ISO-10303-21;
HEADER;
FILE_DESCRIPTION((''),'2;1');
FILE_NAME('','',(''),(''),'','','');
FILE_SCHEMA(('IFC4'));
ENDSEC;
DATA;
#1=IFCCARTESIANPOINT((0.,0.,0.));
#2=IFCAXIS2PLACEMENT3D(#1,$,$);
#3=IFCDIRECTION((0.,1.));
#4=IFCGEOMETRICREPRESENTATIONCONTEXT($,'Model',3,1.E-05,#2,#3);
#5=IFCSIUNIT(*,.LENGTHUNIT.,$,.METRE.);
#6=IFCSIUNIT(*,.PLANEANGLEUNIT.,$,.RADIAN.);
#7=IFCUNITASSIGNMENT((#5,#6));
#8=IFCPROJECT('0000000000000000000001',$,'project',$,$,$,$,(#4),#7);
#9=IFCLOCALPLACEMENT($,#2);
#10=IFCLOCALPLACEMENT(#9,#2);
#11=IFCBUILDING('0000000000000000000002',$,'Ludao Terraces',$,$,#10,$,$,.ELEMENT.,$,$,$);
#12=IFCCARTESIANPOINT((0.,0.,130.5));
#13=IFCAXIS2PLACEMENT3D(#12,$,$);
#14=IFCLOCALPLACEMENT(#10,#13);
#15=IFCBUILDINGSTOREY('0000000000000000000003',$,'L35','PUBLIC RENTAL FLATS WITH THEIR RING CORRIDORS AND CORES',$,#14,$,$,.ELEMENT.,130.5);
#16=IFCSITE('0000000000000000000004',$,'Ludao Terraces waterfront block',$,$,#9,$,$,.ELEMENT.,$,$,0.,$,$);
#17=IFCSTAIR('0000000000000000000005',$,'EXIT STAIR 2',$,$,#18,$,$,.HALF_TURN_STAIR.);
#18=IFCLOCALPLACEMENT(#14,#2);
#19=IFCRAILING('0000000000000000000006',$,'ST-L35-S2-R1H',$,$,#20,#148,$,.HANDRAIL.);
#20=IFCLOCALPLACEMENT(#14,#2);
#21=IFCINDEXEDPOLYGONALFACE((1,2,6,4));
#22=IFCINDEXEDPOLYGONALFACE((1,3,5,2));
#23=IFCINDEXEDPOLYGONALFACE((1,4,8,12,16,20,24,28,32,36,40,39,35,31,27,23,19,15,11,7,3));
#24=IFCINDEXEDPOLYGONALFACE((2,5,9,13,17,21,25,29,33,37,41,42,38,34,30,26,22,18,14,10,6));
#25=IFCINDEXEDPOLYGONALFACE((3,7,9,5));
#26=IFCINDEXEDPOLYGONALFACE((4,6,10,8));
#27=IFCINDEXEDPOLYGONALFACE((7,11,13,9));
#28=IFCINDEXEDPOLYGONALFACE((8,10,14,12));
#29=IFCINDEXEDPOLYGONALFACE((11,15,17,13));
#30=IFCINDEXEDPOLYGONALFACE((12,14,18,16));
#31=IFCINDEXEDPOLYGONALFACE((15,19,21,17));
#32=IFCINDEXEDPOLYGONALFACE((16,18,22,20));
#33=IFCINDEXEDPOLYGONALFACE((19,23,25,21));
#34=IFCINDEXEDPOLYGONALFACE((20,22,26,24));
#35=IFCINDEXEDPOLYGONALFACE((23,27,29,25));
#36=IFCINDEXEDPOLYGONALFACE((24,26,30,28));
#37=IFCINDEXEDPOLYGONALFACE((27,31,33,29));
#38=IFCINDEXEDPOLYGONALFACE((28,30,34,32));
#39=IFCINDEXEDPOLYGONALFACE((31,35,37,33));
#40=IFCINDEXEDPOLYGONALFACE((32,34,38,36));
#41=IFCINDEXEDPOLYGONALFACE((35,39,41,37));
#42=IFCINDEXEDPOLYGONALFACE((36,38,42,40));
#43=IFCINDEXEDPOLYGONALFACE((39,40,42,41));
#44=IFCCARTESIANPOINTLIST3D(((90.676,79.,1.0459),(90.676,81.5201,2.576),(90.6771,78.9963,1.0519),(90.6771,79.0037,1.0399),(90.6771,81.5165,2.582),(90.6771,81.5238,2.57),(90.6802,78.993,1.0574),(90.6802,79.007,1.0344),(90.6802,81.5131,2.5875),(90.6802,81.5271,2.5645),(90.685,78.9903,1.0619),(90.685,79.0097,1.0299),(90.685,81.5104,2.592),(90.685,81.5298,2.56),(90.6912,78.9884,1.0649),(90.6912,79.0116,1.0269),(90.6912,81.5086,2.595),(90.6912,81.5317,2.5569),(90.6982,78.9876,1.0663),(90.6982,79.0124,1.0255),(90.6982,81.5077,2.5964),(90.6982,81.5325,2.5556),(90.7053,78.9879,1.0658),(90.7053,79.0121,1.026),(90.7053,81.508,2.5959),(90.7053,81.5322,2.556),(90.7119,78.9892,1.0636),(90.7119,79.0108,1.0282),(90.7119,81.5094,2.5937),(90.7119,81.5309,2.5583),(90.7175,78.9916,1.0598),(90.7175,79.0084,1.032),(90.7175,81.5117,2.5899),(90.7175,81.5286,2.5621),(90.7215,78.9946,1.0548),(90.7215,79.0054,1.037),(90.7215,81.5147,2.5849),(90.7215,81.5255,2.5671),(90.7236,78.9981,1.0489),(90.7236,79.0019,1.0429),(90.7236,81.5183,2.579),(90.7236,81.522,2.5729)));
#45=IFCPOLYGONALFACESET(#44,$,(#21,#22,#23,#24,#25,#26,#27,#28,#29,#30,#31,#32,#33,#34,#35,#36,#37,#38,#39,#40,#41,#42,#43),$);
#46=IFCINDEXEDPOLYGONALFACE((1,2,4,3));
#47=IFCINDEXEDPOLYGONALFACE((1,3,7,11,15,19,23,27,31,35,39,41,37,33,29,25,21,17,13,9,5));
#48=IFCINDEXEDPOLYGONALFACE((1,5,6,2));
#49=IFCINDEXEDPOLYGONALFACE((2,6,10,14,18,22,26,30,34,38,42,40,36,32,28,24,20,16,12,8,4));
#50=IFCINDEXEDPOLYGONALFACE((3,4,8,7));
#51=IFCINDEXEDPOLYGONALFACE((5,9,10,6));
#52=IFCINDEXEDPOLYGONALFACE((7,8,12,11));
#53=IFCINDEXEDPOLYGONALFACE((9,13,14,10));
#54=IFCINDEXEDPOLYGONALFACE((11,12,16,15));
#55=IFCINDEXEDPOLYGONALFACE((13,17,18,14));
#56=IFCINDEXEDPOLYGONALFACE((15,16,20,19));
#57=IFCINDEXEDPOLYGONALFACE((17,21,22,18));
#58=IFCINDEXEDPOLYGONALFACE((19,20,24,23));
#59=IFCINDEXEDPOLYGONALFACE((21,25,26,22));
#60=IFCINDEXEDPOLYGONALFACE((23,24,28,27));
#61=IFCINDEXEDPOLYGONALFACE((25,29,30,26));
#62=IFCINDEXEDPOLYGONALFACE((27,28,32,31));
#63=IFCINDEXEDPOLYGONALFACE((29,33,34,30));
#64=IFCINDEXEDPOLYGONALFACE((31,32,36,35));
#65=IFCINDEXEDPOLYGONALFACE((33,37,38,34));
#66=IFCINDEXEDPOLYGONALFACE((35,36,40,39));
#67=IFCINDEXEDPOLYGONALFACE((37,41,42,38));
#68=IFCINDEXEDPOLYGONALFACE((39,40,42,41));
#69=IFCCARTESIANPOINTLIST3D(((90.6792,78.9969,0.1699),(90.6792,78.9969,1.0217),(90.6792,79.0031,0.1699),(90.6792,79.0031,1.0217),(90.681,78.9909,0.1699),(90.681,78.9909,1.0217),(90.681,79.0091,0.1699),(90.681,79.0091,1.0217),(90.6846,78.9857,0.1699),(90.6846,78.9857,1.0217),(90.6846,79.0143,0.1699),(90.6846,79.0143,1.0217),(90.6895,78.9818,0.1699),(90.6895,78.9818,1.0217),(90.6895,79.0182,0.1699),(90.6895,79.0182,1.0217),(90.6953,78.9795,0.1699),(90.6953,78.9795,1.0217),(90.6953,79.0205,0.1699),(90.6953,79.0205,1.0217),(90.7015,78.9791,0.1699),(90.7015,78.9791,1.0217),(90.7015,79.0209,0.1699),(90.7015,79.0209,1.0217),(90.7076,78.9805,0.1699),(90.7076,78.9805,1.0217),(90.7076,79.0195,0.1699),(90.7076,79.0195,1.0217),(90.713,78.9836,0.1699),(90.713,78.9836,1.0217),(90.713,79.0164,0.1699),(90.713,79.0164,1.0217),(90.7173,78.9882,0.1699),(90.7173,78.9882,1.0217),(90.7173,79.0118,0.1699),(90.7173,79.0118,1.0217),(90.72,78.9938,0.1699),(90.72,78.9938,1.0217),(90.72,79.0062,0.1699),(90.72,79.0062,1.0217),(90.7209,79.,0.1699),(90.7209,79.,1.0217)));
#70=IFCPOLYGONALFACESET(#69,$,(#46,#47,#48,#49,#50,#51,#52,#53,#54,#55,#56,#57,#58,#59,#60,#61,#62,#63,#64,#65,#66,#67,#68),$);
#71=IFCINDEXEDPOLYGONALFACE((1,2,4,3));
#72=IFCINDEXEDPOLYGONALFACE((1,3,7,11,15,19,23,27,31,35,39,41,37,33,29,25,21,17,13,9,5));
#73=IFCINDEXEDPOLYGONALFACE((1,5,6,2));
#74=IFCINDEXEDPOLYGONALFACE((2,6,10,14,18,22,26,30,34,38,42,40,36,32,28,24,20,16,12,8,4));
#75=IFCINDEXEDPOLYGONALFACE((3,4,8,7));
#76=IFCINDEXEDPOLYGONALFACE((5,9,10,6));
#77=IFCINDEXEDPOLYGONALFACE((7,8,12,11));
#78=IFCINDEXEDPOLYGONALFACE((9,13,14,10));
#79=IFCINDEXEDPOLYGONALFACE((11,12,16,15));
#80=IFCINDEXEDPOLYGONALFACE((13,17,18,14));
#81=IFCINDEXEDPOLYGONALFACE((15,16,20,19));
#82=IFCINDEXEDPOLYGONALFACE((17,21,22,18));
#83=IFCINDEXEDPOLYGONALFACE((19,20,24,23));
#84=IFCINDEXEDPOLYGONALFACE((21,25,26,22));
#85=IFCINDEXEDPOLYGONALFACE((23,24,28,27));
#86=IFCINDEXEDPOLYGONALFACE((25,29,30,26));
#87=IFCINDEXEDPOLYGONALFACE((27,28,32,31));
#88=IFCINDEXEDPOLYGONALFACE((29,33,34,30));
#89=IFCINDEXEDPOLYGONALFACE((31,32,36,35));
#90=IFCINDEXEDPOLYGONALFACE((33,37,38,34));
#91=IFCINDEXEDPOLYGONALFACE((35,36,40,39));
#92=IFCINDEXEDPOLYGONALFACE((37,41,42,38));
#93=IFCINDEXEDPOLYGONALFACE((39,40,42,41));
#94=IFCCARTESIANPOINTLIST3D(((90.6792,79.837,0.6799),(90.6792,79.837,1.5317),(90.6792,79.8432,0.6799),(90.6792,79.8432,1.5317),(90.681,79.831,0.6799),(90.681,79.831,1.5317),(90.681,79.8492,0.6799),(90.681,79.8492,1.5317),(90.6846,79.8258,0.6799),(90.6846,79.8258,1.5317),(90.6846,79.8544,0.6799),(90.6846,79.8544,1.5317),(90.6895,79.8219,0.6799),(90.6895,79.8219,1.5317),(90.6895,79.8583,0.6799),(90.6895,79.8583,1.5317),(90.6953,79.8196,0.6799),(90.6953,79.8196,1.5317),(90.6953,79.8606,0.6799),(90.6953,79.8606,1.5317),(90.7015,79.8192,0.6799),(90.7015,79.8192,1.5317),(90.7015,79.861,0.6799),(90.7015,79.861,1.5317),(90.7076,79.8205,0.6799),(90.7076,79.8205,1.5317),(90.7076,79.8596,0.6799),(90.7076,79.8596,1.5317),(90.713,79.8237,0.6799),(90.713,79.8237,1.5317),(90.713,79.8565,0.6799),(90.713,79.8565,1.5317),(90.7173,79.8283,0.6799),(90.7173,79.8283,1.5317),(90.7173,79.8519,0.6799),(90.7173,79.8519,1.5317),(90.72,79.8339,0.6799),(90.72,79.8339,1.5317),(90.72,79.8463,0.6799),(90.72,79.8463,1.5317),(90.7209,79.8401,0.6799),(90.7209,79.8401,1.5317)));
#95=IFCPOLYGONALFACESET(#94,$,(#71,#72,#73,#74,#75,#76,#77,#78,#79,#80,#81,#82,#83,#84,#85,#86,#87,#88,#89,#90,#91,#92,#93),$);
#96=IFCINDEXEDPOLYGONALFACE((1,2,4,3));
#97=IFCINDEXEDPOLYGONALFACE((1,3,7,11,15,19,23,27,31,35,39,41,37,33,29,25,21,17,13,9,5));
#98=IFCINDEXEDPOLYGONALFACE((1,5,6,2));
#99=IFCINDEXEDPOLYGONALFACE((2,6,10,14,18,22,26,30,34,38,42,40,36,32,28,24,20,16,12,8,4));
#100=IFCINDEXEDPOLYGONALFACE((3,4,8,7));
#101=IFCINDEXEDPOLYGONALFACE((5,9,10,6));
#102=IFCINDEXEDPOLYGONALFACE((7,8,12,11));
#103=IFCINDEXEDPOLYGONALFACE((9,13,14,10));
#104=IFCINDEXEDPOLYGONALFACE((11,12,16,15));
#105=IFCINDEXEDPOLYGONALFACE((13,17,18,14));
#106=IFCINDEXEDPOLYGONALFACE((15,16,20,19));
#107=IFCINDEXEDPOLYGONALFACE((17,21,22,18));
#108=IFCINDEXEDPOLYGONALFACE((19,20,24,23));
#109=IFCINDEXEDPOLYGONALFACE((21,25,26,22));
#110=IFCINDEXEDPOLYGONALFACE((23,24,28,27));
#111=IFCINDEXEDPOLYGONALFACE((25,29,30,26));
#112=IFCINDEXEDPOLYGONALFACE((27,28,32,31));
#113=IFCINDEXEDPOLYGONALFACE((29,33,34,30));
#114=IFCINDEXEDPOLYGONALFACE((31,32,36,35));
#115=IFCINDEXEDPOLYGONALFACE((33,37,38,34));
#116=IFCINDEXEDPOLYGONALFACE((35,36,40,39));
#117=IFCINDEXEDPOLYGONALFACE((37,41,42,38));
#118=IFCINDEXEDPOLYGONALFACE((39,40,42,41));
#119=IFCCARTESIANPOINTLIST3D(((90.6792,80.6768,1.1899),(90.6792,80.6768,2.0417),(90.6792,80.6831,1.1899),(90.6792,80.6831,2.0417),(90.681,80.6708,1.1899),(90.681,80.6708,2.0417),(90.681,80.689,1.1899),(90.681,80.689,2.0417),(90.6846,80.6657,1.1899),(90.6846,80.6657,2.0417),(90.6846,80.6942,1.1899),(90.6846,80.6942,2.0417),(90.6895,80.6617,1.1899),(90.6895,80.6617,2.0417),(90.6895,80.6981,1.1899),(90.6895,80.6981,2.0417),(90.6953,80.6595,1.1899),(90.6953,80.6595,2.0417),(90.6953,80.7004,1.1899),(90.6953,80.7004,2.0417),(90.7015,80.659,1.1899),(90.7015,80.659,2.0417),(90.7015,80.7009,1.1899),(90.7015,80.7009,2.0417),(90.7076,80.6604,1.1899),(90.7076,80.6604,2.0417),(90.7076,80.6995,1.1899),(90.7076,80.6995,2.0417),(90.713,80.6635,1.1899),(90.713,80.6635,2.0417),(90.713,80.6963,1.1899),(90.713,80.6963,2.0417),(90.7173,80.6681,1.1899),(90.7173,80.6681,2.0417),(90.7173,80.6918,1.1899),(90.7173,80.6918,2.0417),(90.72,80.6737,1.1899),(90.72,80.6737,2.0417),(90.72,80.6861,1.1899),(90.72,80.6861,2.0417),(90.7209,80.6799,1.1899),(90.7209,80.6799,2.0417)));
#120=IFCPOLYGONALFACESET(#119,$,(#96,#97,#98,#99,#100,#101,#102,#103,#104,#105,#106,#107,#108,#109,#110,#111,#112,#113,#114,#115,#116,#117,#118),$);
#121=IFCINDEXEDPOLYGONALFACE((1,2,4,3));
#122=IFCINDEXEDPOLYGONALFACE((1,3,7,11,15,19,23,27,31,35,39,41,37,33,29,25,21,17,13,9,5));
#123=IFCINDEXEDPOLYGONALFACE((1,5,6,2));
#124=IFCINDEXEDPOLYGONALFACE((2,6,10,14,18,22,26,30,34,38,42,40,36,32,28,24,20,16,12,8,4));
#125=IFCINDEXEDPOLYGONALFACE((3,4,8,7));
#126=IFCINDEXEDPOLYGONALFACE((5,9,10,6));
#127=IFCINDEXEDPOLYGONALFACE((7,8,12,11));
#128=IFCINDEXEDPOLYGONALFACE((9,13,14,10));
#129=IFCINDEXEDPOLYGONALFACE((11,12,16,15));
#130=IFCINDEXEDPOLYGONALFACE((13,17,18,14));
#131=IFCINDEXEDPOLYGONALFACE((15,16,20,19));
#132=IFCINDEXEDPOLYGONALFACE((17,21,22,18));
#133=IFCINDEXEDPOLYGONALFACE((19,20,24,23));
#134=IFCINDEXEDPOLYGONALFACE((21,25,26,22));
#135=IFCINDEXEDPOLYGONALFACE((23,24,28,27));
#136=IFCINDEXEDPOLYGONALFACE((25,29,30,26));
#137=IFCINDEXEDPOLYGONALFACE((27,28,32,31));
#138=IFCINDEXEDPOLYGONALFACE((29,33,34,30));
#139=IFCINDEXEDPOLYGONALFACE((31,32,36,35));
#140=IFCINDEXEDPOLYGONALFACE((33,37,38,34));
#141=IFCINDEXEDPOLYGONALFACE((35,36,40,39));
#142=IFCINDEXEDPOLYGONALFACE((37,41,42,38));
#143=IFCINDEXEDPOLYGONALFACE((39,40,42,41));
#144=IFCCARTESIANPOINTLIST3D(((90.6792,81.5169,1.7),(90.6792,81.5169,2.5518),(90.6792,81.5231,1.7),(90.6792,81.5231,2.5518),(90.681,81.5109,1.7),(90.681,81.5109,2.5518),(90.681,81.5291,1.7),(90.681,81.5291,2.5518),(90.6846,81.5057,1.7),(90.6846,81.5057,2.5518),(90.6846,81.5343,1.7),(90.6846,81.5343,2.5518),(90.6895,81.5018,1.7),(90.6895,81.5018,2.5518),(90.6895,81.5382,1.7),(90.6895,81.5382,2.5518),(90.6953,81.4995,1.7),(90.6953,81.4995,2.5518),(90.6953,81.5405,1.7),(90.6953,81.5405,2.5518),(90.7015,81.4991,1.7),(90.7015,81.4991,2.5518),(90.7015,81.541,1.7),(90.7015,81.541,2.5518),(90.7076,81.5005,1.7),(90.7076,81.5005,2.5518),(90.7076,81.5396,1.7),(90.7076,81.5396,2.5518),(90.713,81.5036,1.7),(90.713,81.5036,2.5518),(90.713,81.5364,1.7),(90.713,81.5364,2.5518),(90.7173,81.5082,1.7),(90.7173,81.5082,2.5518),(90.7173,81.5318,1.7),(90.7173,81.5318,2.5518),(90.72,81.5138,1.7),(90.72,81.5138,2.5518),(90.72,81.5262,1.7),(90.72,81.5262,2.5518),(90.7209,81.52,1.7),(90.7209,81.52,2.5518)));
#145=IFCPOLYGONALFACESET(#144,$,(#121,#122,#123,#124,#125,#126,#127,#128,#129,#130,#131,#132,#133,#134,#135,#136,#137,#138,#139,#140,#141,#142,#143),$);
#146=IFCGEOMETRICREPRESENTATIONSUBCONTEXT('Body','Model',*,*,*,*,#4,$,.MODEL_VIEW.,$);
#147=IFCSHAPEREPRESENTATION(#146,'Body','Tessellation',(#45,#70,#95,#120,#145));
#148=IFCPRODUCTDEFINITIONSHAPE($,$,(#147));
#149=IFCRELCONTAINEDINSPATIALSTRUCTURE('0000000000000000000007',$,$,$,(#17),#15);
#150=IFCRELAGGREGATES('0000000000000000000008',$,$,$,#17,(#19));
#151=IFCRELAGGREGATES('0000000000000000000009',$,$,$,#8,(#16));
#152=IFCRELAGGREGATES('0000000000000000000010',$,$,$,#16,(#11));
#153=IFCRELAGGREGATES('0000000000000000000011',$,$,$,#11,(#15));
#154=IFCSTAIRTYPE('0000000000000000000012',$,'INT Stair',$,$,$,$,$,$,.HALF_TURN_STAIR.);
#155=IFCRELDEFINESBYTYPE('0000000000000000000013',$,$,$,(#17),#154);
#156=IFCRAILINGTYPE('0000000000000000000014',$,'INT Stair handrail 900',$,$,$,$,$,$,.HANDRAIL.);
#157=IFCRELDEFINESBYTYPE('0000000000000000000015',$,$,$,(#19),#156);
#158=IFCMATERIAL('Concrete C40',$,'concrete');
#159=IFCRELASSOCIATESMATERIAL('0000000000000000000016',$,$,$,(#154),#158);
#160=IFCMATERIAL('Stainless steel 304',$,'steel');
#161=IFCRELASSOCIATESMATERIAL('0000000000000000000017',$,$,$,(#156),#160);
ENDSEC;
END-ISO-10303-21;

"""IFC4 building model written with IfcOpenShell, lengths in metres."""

from ifc_helpers import new_model, si_unit, direction, frame, origin, origin_2d, place, context, subcontext, project, spatial, circle, extrude, material, type_object, element, aggregate, save


model = new_model("IFC4")

# Units and contexts
model_context = context("Model", 3, precision=1e-05, world=origin(), true_north=direction((0.0, 1.0)))
body_context = subcontext(model_context, "Body", "Model", "MODEL_VIEW")
ifc_project = project(units=[si_unit("LENGTHUNIT", "METRE"), si_unit("PLANEANGLEUNIT", "RADIAN")], contexts=[model_context])

# Site, building, storey
site_placement = place(None, origin())
site = spatial("IfcSite", under=ifc_project, at=site_placement, Name="Ludao Terraces waterfront block", CompositionType="ELEMENT", RefElevation=0.0)
building_placement = place(site_placement, origin())
building = spatial("IfcBuilding", under=site, at=building_placement, Name="Ludao Terraces", CompositionType="ELEMENT")
storey_placement = place(building_placement, frame((0.0, 0.0, 130.5)))
storey = spatial("IfcBuildingStorey", under=building, at=storey_placement, Name="L35", Description="PUBLIC RENTAL FLATS WITH THEIR RING CORRIDORS AND CORES", CompositionType="ELEMENT", Elevation=130.5)

# Stair, railing
ifc_material_1 = material(Name="Concrete C40", Category="concrete")
stair_type = type_object("IfcStairType", Name="INT Stair", PredefinedType="HALF_TURN_STAIR", material=ifc_material_1)
stair_placement = place(storey_placement, origin())
stair = element("IfcStair", 1, at=stair_placement, inside=storey, type_object=stair_type, Name="EXIT STAIR 2", PredefinedType="HALF_TURN_STAIR")
ifc_material_2 = material(Name="Stainless steel 304", Category="steel")
railing_type_1 = type_object("IfcRailingType", Name="INT Stair handrail 900", PredefinedType="HANDRAIL", material=ifc_material_2)
railing_1_placement = place(storey_placement, frame((90.7, 79.0, 0.1699)))
railing_1 = element("IfcRailing", 2, at=railing_1_placement, type_object=railing_type_1, Name="ST-L35-S2-R1H", PredefinedType="HANDRAIL", context=body_context, shape_type="SweptSolid", body=[
    extrude(circle(Radius=0.0239, at=origin_2d()), frame((0.0, 0.0, 0.876), z_axis=(0.0, 0.854785, 0.518982), x_axis=(-1.0, 0.0, 0.0)), (0.0, 0.0, 1.0), 2.9482),
    extrude(circle(Radius=0.021, at=origin_2d()), origin(), (0.0, 0.0, 1.0), 0.8518),
    extrude(circle(Radius=0.021, at=origin_2d()), frame((0.0, 0.8401, 0.51)), (0.0, 0.0, 1.0), 0.8518),
    extrude(circle(Radius=0.021, at=origin_2d()), frame((0.0, 1.6799, 1.02)), (0.0, 0.0, 1.0), 0.8518),
    extrude(circle(Radius=0.021, at=origin_2d()), frame((0.0, 2.52, 1.53)), (0.0, 0.0, 1.0), 0.8518),
])
aggregate(stair, [railing_1])

save(model, "model.ifc")
